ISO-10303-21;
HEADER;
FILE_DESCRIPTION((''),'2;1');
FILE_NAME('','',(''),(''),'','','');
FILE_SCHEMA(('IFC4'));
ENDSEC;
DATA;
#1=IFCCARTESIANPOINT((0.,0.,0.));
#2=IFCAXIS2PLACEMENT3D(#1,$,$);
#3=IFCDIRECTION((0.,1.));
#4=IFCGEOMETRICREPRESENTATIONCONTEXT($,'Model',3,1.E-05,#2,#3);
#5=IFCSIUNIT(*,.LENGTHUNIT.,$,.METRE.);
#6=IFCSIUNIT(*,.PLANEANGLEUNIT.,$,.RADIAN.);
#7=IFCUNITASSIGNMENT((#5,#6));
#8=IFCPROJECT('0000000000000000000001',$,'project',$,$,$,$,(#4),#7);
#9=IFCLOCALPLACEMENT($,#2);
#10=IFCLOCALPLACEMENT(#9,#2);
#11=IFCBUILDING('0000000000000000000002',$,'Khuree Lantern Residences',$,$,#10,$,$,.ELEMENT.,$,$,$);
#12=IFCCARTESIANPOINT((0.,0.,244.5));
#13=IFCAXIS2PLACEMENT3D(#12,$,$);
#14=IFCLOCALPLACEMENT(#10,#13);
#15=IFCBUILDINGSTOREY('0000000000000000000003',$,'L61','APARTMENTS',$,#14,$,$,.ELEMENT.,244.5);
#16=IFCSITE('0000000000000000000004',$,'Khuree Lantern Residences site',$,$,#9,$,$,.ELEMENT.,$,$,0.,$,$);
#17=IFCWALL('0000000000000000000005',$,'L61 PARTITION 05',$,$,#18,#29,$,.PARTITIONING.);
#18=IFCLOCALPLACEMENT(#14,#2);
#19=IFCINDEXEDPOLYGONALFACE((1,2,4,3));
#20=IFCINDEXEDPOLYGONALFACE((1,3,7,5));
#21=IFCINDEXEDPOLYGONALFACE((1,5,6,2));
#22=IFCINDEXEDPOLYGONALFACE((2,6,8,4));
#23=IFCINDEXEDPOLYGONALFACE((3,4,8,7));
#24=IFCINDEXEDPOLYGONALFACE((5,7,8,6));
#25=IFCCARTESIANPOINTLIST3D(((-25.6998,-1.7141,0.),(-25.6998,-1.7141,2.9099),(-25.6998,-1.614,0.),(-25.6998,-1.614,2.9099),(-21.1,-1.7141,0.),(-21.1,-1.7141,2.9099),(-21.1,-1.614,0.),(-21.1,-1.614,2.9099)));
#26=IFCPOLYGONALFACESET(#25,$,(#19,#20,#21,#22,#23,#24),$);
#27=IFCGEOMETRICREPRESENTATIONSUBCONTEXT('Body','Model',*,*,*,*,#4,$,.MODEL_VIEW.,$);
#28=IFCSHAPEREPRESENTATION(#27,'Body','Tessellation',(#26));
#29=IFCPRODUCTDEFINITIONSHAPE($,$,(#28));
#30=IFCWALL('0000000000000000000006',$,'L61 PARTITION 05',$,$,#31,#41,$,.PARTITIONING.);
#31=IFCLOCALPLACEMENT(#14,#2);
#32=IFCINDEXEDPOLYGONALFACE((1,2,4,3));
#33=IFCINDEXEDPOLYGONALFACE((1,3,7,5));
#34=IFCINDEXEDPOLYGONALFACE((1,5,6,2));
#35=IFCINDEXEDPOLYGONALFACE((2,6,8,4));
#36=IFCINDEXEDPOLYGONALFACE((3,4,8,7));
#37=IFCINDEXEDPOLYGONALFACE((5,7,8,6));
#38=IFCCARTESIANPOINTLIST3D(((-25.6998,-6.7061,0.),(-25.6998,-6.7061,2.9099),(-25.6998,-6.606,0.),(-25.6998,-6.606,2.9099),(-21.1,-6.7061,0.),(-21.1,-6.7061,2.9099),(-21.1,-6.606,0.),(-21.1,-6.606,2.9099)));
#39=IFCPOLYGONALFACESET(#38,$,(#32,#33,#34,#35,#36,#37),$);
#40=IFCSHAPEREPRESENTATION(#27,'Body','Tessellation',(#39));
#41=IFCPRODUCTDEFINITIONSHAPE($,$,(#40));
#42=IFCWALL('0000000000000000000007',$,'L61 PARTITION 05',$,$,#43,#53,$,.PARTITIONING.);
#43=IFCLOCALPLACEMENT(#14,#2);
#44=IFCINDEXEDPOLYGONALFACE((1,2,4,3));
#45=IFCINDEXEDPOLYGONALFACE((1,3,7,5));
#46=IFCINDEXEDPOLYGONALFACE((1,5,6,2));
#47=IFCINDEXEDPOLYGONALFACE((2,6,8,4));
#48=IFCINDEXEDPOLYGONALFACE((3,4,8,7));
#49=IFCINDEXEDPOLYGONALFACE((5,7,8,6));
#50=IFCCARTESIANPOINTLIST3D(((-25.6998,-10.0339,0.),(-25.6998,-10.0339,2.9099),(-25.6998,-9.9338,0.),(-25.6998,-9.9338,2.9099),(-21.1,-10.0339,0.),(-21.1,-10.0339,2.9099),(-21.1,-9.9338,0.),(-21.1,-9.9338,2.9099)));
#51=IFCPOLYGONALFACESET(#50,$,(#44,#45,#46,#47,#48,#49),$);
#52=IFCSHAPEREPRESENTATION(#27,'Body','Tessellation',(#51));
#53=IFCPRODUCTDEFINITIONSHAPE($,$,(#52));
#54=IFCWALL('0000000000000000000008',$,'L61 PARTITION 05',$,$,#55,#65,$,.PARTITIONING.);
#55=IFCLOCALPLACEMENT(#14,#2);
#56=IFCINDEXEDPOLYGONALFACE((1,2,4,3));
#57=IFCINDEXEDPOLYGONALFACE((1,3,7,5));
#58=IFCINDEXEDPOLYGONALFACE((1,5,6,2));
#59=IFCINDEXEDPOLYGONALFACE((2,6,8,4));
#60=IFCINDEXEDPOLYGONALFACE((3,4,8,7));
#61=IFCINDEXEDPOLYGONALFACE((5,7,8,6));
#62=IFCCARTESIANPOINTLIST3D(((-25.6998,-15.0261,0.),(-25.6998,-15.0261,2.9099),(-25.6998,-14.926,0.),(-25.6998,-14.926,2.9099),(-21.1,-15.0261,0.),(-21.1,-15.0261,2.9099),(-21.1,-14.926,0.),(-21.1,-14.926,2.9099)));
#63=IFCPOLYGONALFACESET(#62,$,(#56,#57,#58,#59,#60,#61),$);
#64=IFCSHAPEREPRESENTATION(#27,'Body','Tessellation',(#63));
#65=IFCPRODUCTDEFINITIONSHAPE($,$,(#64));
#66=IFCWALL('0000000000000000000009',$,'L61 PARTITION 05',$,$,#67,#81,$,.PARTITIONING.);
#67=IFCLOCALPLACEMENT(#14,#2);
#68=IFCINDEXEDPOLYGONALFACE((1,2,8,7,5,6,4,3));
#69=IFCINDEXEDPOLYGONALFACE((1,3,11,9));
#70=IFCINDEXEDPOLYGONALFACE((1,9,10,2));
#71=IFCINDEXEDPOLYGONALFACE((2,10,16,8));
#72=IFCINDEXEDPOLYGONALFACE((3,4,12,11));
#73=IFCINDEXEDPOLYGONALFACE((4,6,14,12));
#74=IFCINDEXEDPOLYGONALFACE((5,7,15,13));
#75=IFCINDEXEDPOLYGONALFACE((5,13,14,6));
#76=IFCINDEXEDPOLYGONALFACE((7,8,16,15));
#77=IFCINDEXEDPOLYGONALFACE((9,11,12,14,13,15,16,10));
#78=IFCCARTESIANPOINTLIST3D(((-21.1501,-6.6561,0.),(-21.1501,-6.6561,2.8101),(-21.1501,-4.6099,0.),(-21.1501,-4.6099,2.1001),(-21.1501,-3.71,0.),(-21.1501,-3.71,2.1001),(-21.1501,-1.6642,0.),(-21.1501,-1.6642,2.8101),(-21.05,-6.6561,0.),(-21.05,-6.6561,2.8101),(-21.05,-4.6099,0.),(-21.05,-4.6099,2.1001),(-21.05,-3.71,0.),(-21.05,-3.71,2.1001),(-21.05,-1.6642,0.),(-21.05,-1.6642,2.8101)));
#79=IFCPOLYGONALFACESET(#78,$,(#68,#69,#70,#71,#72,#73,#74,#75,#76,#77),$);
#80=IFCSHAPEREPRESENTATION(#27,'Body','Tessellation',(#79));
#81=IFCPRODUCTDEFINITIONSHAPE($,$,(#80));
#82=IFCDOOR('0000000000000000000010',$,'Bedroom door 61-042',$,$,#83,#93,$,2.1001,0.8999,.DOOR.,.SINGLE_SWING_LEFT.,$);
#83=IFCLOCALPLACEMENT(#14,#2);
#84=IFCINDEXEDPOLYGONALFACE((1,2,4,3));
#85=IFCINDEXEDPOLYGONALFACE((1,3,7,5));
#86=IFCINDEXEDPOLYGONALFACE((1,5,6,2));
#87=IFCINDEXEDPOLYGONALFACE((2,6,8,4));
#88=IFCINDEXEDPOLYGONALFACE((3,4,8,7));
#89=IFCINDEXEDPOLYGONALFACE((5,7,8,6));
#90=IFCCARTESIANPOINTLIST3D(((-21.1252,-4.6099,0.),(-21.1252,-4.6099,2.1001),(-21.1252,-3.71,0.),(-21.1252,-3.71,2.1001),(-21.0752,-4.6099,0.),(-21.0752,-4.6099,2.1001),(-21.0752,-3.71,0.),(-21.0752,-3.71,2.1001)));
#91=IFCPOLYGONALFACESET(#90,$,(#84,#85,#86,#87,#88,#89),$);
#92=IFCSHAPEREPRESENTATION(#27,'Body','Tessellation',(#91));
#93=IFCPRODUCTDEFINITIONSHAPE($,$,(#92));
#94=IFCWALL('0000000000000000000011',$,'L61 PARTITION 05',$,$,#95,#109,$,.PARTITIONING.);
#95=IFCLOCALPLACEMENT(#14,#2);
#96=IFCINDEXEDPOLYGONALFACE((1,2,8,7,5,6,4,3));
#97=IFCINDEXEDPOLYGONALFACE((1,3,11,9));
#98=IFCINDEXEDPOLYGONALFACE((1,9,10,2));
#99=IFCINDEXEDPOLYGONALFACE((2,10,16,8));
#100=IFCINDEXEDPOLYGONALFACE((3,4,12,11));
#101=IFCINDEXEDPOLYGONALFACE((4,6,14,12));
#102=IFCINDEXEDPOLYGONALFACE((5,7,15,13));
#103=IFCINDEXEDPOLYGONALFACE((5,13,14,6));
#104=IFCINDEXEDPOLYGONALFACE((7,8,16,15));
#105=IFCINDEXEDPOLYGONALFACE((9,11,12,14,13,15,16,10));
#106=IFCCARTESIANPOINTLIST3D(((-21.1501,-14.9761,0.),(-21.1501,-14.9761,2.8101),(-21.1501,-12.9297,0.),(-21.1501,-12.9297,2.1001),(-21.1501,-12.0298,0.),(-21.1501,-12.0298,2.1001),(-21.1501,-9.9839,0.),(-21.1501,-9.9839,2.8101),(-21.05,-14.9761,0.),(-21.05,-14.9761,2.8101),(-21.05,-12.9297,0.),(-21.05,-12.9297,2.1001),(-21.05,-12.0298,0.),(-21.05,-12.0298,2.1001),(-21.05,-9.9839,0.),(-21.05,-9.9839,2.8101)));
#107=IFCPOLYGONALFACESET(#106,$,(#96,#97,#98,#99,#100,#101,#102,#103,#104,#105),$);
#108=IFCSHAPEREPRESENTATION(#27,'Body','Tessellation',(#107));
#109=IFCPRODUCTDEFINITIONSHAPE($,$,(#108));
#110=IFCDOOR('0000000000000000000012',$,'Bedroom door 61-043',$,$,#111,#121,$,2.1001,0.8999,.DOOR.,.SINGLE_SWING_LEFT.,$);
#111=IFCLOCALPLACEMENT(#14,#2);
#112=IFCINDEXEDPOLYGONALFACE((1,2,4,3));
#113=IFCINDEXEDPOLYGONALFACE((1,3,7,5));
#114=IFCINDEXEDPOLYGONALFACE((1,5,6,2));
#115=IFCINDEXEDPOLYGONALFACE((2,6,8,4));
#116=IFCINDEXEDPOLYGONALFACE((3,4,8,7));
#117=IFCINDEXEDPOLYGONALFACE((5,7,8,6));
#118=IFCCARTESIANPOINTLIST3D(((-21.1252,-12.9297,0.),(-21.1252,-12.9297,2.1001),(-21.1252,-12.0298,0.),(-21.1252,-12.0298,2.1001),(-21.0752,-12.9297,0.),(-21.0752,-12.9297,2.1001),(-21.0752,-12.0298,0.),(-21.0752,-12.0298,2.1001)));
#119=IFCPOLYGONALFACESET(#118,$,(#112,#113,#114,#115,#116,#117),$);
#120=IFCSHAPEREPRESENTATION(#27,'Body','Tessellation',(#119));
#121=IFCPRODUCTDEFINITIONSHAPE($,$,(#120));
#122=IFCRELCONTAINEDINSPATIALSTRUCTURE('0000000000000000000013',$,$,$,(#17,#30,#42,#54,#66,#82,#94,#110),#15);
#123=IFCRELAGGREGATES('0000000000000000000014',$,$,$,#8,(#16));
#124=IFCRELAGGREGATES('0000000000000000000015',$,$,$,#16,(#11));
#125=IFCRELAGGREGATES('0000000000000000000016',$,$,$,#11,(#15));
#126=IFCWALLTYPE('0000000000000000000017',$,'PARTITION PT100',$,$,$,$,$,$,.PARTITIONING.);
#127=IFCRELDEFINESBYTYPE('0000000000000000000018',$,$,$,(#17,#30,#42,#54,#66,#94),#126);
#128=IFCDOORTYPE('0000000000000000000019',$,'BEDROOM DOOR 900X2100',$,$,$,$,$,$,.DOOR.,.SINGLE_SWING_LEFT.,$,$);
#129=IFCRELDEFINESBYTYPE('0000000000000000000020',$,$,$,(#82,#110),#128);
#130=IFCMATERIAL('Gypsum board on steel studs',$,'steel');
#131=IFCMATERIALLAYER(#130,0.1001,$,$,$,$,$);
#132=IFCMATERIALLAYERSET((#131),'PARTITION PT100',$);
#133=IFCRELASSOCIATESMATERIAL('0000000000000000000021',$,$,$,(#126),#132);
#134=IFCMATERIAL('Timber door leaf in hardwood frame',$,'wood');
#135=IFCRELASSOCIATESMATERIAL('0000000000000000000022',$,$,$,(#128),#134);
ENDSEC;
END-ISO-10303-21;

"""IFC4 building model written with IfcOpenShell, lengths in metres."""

from ifc_helpers import new_model, si_unit, direction, frame, frame_2d, origin, place, context, subcontext, project, spatial, rectangle, extrude, material, layer, layer_set, type_object, element, fill, save


model = new_model("IFC4")

# Units and contexts
model_context = context("Model", 3, precision=1e-05, world=origin(), true_north=direction((0.0, 1.0)))
body_context = subcontext(model_context, "Body", "Model", "MODEL_VIEW")
ifc_project = project(units=[si_unit("LENGTHUNIT", "METRE"), si_unit("PLANEANGLEUNIT", "RADIAN")], contexts=[model_context])

# Site, building, storey
site_placement = place(None, origin())
site = spatial("IfcSite", under=ifc_project, at=site_placement, Name="Khuree Lantern Residences site", CompositionType="ELEMENT", RefElevation=0.0)
building_placement = place(site_placement, origin())
building = spatial("IfcBuilding", under=site, at=building_placement, Name="Khuree Lantern Residences", CompositionType="ELEMENT")
storey_placement = place(building_placement, frame((0.0, 0.0, 244.5)))
storey = spatial("IfcBuildingStorey", under=building, at=storey_placement, Name="L61", Description="APARTMENTS", CompositionType="ELEMENT", Elevation=244.5)

# Walls
ifc_material_1 = material(Name="Gypsum board on steel studs", Category="steel")
ifc_layer_1 = layer(ifc_material_1, 0.1001)
ifc_layer_set_1 = layer_set([ifc_layer_1], Name="PARTITION PT100")
wall_type_1 = type_object("IfcWallType", Name="PARTITION PT100", PredefinedType="PARTITIONING", material=ifc_layer_set_1)
for number, where, z_axis, x_axis, name in (
    (1, (-21.1001, -1.6641, 0.0), (0.0, 0.0, 1.0), (-1.0, 0.0, 0.0), "L61 PARTITION 05"),
    (2, (-21.1001, -6.656, 0.0), (0.0, 0.0, 1.0), (-1.0, 0.0, 0.0), "L61 PARTITION 05"),
    (3, (-21.1001, -9.9839, 0.0), (0.0, 0.0, 1.0), (-1.0, 0.0, 0.0), "L61 PARTITION 05"),
    (4, (-21.1001, -14.9761, 0.0), (0.0, 0.0, 1.0), (-1.0, 0.0, 0.0), "L61 PARTITION 05"),
):
    element("IfcWall", number, at=place(storey_placement, frame(where, z_axis=z_axis, x_axis=x_axis)), inside=storey, type_object=wall_type_1, Name=name, PredefinedType="PARTITIONING", context=body_context, shape_type="SweptSolid", body=[
        extrude(rectangle(XDim=4.5999, YDim=0.1001, at=frame_2d((2.2998, 0.0))), origin(), (0.0, 0.0, 1.0), 2.9099),
    ])

# Walls, openings, doors
wall_1_placement = place(storey_placement, frame((-21.1001, -1.6641, 0.0), z_axis=(0.0, 0.0, 1.0), x_axis=(0.0, -1.0, 0.0)))
wall_1 = element("IfcWall", 5, at=wall_1_placement, inside=storey, type_object=wall_type_1, Name="L61 PARTITION 05", PredefinedType="PARTITIONING", context=body_context, shape_type="SweptSolid", body=[
    extrude(rectangle(XDim=4.9919, YDim=0.1001, at=frame_2d((2.4961, 0.0))), origin(), (0.0, 0.0, 1.0), 2.8101),
])
opening_1_placement = place(wall_1_placement, frame((2.0459, 0.0, 0.0)))
opening_1 = element("IfcOpeningElement", 6, at=opening_1_placement, cuts=wall_1, PredefinedType="OPENING", context=body_context, shape_type="SweptSolid", body=[
    extrude(rectangle(XDim=0.8999, YDim=2.1001, at=frame_2d((0.45, 1.05))), frame((0.0, 0.0601, 0.0), z_axis=(0.0, -1.0, 0.0), x_axis=(1.0, 0.0, 0.0)), (0.0, 0.0, 1.0), 0.1201),
])
ifc_material_2 = material(Name="Timber door leaf in hardwood frame", Category="wood")
door_type = type_object("IfcDoorType", Name="BEDROOM DOOR 900X2100", OperationType="SINGLE_SWING_LEFT", PredefinedType="DOOR", material=ifc_material_2)
door_1_placement = place(opening_1_placement, origin())
door_1 = element("IfcDoor", 7, at=door_1_placement, inside=storey, type_object=door_type, Name="Bedroom door 61-042", OperationType="SINGLE_SWING_LEFT", OverallHeight=2.1001, OverallWidth=0.8999, PredefinedType="DOOR", context=body_context, shape_type="SweptSolid", body=[
    extrude(rectangle(XDim=0.8999, YDim=2.1001, at=frame_2d((0.45, 1.05))), frame((0.0, 0.0249, 0.0), z_axis=(0.0, -1.0, 0.0), x_axis=(1.0, 0.0, 0.0)), (0.0, 0.0, 1.0), 0.05),
])
fill(opening_1, door_1)
wall_2_placement = place(storey_placement, frame((-21.1001, -9.9839, 0.0), z_axis=(0.0, 0.0, 1.0), x_axis=(0.0, -1.0, 0.0)))
wall_2 = element("IfcWall", 8, at=wall_2_placement, inside=storey, type_object=wall_type_1, Name="L61 PARTITION 05", PredefinedType="PARTITIONING", context=body_context, shape_type="SweptSolid", body=[
    extrude(rectangle(XDim=4.9922, YDim=0.1001, at=frame_2d((2.4961, 0.0))), origin(), (0.0, 0.0, 1.0), 2.8101),
])
opening_2_placement = place(wall_2_placement, frame((2.0459, 0.0, 0.0)))
opening_2 = element("IfcOpeningElement", 9, at=opening_2_placement, cuts=wall_2, PredefinedType="OPENING", context=body_context, shape_type="SweptSolid", body=[
    extrude(rectangle(XDim=0.8999, YDim=2.1001, at=frame_2d((0.45, 1.05))), frame((0.0, 0.0601, 0.0), z_axis=(0.0, -1.0, 0.0), x_axis=(1.0, 0.0, 0.0)), (0.0, 0.0, 1.0), 0.1201),
])
door_2_placement = place(opening_2_placement, origin())
door_2 = element("IfcDoor", 10, at=door_2_placement, inside=storey, type_object=door_type, Name="Bedroom door 61-043", OperationType="SINGLE_SWING_LEFT", OverallHeight=2.1001, OverallWidth=0.8999, PredefinedType="DOOR", context=body_context, shape_type="SweptSolid", body=[
    extrude(rectangle(XDim=0.8999, YDim=2.1001, at=frame_2d((0.45, 1.05))), frame((0.0, 0.0249, 0.0), z_axis=(0.0, -1.0, 0.0), x_axis=(1.0, 0.0, 0.0)), (0.0, 0.0, 1.0), 0.05),
])
fill(opening_2, door_2)

save(model, "model.ifc")
